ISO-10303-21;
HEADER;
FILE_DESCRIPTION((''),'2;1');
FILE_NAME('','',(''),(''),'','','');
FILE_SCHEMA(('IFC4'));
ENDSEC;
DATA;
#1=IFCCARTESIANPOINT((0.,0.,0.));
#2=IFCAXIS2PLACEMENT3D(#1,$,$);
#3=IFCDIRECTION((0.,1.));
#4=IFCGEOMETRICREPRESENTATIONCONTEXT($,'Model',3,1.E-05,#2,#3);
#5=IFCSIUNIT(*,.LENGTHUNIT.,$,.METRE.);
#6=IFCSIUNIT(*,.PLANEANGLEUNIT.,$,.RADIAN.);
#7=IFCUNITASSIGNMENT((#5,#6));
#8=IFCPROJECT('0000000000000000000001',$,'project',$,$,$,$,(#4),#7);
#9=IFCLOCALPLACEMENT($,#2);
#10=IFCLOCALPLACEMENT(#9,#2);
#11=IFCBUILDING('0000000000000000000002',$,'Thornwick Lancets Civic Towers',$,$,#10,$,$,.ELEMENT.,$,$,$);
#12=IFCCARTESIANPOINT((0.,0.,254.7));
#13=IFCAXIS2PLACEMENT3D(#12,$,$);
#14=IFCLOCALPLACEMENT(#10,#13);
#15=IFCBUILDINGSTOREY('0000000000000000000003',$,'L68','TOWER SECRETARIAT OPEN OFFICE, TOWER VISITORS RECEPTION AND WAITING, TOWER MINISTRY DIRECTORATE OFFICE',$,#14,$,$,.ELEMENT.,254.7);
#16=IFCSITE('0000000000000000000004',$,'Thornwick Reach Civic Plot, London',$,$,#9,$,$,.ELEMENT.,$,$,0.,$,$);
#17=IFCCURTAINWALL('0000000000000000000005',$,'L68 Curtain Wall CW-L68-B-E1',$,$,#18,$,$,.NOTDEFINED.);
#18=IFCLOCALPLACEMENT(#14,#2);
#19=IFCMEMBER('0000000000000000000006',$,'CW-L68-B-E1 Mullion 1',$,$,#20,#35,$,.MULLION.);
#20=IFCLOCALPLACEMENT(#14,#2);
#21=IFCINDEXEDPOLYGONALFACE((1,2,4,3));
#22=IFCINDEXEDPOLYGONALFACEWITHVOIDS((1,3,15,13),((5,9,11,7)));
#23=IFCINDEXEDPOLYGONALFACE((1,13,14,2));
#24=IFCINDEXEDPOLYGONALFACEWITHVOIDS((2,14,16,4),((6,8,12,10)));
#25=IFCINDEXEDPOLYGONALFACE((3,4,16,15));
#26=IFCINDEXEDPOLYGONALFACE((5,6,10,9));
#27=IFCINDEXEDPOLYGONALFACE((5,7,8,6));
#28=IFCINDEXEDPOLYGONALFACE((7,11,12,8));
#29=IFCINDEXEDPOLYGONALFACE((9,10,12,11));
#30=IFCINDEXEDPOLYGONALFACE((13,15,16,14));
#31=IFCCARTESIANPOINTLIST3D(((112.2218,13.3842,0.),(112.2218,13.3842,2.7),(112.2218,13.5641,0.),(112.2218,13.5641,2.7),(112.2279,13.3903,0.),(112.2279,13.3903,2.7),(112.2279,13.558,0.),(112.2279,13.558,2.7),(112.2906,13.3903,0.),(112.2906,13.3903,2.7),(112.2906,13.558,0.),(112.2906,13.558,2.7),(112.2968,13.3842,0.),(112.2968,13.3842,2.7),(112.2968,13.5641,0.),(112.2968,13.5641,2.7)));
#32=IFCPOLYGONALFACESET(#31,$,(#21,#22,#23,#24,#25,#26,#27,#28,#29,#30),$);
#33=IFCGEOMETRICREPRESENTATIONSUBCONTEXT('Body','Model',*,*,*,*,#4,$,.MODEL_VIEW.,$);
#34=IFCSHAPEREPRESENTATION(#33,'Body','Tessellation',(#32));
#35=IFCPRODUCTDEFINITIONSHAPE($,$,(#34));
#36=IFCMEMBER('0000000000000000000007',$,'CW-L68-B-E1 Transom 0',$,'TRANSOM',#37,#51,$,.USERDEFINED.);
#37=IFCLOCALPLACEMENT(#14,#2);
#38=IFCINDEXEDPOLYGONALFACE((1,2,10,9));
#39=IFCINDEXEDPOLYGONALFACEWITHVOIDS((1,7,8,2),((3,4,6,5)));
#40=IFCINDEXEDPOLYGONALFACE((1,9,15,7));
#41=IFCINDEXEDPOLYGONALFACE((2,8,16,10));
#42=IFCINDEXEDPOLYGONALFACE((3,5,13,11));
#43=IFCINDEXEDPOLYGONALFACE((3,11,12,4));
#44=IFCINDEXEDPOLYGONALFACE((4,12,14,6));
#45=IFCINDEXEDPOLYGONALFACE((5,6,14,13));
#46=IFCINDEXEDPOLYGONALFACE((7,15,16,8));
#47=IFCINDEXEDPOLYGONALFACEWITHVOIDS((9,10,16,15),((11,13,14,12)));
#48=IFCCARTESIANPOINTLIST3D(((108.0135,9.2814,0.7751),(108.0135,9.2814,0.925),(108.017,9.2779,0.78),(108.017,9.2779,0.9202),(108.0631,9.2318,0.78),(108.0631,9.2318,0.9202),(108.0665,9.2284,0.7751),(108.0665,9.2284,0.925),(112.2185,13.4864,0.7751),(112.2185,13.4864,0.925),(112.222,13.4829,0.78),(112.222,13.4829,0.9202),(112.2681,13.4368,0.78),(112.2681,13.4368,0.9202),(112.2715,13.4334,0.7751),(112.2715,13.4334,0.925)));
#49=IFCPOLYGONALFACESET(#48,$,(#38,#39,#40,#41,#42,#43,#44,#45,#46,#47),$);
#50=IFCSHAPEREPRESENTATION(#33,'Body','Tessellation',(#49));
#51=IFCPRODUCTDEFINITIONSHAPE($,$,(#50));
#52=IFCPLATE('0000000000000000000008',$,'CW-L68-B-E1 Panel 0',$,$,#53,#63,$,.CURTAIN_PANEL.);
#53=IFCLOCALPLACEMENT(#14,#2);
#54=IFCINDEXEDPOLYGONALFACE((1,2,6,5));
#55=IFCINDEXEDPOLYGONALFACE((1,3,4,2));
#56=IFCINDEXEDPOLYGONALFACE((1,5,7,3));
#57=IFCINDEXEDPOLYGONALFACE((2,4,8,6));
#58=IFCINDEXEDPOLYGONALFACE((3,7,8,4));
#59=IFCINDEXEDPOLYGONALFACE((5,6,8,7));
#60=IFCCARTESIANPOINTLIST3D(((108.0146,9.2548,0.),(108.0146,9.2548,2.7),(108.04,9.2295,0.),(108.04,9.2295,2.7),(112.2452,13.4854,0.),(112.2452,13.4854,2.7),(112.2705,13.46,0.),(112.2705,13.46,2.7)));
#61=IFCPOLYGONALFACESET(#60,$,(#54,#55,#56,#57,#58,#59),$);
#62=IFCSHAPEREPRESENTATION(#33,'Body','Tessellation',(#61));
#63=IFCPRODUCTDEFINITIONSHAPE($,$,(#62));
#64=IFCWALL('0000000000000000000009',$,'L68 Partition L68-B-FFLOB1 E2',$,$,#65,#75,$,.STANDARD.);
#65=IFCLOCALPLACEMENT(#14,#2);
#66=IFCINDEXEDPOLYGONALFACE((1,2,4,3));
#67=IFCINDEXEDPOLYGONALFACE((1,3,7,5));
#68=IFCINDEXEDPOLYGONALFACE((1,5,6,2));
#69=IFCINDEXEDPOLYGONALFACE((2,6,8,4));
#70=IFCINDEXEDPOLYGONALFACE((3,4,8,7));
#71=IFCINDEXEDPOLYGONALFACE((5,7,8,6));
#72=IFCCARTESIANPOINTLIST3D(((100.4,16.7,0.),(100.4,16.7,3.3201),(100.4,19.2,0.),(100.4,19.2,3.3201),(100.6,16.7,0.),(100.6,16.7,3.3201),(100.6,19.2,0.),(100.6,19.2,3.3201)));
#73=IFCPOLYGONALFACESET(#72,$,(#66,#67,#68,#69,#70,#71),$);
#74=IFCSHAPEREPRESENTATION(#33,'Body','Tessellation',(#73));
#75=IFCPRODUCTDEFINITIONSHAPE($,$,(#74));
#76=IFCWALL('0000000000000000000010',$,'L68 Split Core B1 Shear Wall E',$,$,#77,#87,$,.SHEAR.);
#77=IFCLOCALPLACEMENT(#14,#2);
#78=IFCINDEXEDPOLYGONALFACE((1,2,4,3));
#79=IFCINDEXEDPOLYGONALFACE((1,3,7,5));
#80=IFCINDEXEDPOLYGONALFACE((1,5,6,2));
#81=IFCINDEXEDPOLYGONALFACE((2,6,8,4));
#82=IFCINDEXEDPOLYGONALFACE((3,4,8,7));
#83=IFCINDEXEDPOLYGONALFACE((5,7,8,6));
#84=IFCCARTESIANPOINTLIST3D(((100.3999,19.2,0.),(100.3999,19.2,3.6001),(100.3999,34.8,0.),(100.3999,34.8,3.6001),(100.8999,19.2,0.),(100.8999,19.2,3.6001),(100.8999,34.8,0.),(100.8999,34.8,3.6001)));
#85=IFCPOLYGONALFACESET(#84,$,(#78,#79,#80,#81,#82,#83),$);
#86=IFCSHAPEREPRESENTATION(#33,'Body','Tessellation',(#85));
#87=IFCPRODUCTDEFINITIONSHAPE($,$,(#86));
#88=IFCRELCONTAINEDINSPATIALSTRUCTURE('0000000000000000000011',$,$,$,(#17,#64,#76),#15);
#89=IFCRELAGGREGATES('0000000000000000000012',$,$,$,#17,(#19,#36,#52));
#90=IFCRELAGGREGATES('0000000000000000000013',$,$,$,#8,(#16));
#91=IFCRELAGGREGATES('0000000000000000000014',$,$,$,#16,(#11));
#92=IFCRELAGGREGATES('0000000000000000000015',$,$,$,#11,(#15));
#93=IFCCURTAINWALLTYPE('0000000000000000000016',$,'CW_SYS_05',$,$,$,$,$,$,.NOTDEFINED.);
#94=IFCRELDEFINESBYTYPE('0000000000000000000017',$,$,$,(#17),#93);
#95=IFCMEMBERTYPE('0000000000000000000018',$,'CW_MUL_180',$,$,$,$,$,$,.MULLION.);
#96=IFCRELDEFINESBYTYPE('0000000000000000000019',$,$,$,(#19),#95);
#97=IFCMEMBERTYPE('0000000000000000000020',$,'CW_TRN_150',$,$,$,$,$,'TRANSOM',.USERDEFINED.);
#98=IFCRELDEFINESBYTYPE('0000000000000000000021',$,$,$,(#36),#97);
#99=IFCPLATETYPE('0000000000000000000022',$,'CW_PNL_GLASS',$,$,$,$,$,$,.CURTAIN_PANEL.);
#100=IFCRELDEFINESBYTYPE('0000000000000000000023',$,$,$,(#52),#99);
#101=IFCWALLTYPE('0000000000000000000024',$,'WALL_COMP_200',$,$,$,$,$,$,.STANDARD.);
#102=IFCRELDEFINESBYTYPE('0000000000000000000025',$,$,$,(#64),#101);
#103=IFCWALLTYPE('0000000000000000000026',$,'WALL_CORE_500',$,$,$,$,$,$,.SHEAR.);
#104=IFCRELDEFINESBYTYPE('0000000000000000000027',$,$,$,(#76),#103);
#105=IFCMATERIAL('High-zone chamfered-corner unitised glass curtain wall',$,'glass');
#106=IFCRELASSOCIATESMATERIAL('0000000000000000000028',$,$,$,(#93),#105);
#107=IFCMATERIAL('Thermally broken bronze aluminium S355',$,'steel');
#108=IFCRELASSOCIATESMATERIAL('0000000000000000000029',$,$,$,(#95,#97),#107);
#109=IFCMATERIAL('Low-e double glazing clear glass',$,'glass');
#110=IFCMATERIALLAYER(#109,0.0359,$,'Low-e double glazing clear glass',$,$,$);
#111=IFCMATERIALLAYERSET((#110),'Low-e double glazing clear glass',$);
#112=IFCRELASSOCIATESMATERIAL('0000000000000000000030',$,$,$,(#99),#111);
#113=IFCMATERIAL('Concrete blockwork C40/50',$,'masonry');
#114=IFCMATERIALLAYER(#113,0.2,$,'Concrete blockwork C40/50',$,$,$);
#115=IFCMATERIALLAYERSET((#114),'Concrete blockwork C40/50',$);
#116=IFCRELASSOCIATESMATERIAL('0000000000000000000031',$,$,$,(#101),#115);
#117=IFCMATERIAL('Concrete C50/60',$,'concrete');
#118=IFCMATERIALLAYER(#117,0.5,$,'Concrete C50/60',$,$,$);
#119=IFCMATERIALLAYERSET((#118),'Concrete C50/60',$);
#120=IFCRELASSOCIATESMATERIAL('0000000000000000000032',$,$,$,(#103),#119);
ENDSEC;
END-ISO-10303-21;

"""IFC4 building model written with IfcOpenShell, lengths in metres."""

from ifc_helpers import new_model, si_unit, direction, frame, frame_2d, origin, origin_2d, place, context, subcontext, project, spatial, rectangle, hollow_rectangle, extrude, material, layer, layer_set, material_profile, profile_set, type_object, element, aggregate, save


model = new_model("IFC4")

# Units and contexts
model_context = context("Model", 3, precision=1e-05, world=origin(), true_north=direction((0.0, 1.0)))
body_context = subcontext(model_context, "Body", "Model", "MODEL_VIEW")
ifc_project = project(units=[si_unit("LENGTHUNIT", "METRE"), si_unit("PLANEANGLEUNIT", "RADIAN")], contexts=[model_context])

# Site, building, storey
site_placement = place(None, origin())
site = spatial("IfcSite", under=ifc_project, at=site_placement, Name="Thornwick Reach Civic Plot, London", CompositionType="ELEMENT", RefElevation=0.0)
building_placement = place(site_placement, origin())
building = spatial("IfcBuilding", under=site, at=building_placement, Name="Thornwick Lancets Civic Towers", CompositionType="ELEMENT")
storey_placement = place(building_placement, frame((0.0, 0.0, 254.7)))
storey = spatial("IfcBuildingStorey", under=building, at=storey_placement, Name="L68", Description="TOWER SECRETARIAT OPEN OFFICE, TOWER VISITORS RECEPTION AND WAITING, TOWER MINISTRY DIRECTORATE OFFICE", CompositionType="ELEMENT", Elevation=254.7)

# Shared definitions
ifc_material_1 = material(Name="Concrete C50/60", Category="concrete")

# Curtain wall, members, plate
ifc_material_2 = material(Name="High-zone chamfered-corner unitised glass curtain wall", Category="glass")
curtain_wall_type = type_object("IfcCurtainWallType", Name="CW_SYS_05", PredefinedType="NOTDEFINED", material=ifc_material_2)
curtain_wall_placement = place(storey_placement, origin())
curtain_wall = element("IfcCurtainWall", 1, at=curtain_wall_placement, inside=storey, type_object=curtain_wall_type, Name="L68 Curtain Wall CW-L68-B-E1", PredefinedType="NOTDEFINED")
ifc_material_3 = material(Name="Thermally broken bronze aluminium S355", Category="steel")
ifc_material_profile_1 = material_profile(ifc_material_3, hollow_rectangle(XDim=0.075, YDim=0.1799, WallThickness=0.0061, at=origin_2d()), Name="RHS 180x75x6")
ifc_profile_set_1 = profile_set([ifc_material_profile_1], Name="Thermally broken bronze aluminium S355")
member_type_1 = type_object("IfcMemberType", Name="CW_MUL_180", PredefinedType="MULLION", material=ifc_profile_set_1)
member_1_placement = place(storey_placement, frame((112.2593, 13.4741, 0.0), z_axis=(0.0, 0.0, 1.0), x_axis=(1.0, 0.0, 0.0)))
member_1 = element("IfcMember", 2, at=member_1_placement, type_object=member_type_1, Name="CW-L68-B-E1 Mullion 1", PredefinedType="MULLION", context=body_context, shape_type="SweptSolid", body=[
    extrude(hollow_rectangle(XDim=0.075, YDim=0.1799, WallThickness=0.0061, at=origin_2d()), origin(), (0.0, 0.0, 1.0), 2.7),
])
ifc_material_profile_2 = material_profile(ifc_material_3, hollow_rectangle(XDim=0.075, YDim=0.1499, WallThickness=0.0049, at=origin_2d()), Name="RHS 150x75x5")
ifc_profile_set_2 = profile_set([ifc_material_profile_2], Name="Thermally broken bronze aluminium S355")
member_type_2 = type_object("IfcMemberType", Name="CW_TRN_150", ElementType="TRANSOM", PredefinedType="USERDEFINED", material=ifc_profile_set_2)
member_2_placement = place(storey_placement, frame((108.04, 9.2549, 0.8501), z_axis=(0.707107, 0.707107, 0.0), x_axis=(-0.707107, 0.707107, 0.0)))
member_2 = element("IfcMember", 3, at=member_2_placement, type_object=member_type_2, Name="CW-L68-B-E1 Transom 0", ObjectType="TRANSOM", PredefinedType="USERDEFINED", context=body_context, shape_type="SweptSolid", body=[
    extrude(hollow_rectangle(XDim=0.075, YDim=0.1499, WallThickness=0.0049, at=origin_2d()), origin(), (0.0, 0.0, 1.0), 5.9468),
])
ifc_material_4 = material(Name="Low-e double glazing clear glass", Category="glass")
ifc_layer_1 = layer(ifc_material_4, 0.0359, Name="Low-e double glazing clear glass")
ifc_layer_set_1 = layer_set([ifc_layer_1], Name="Low-e double glazing clear glass")
plate_type = type_object("IfcPlateType", Name="CW_PNL_GLASS", PredefinedType="CURTAIN_PANEL", material=ifc_layer_set_1)
plate_placement = place(storey_placement, frame((110.1426, 11.3574, 0.0), z_axis=(0.0, 0.0, 1.0), x_axis=(0.707107, 0.707107, 0.0)))
plate = element("IfcPlate", 4, at=plate_placement, type_object=plate_type, Name="CW-L68-B-E1 Panel 0", PredefinedType="CURTAIN_PANEL", context=body_context, shape_type="SweptSolid", body=[
    extrude(rectangle(XDim=5.9829, YDim=0.0359, at=origin_2d()), origin(), (0.0, 0.0, 1.0), 2.7),
])
aggregate(curtain_wall, [member_1, member_2, plate])

# Walls
ifc_material_5 = material(Name="Concrete blockwork C40/50", Category="masonry")
ifc_layer_2 = layer(ifc_material_5, 0.2, Name="Concrete blockwork C40/50")
ifc_layer_set_2 = layer_set([ifc_layer_2], Name="Concrete blockwork C40/50")
wall_type_1 = type_object("IfcWallType", Name="WALL_COMP_200", PredefinedType="STANDARD", material=ifc_layer_set_2)
wall_1_placement = place(storey_placement, frame((100.5, 16.7, 0.0), z_axis=(0.0, 0.0, 1.0), x_axis=(0.0, 1.0, 0.0)))
element("IfcWall", 5, at=wall_1_placement, inside=storey, type_object=wall_type_1, Name="L68 Partition L68-B-FFLOB1 E2", PredefinedType="STANDARD", context=body_context, shape_type="SweptSolid", body=[
    extrude(rectangle(XDim=2.5, YDim=0.2, at=frame_2d((1.25, 0.0))), origin(), (0.0, 0.0, 1.0), 3.3201),
])
ifc_layer_3 = layer(ifc_material_1, 0.5, Name="Concrete C50/60")
ifc_layer_set_3 = layer_set([ifc_layer_3], Name="Concrete C50/60")
wall_type_2 = type_object("IfcWallType", Name="WALL_CORE_500", PredefinedType="SHEAR", material=ifc_layer_set_3)
wall_2_placement = place(storey_placement, frame((100.6499, 19.2, 0.0), z_axis=(0.0, 0.0, 1.0), x_axis=(0.0, 1.0, 0.0)))
element("IfcWall", 6, at=wall_2_placement, inside=storey, type_object=wall_type_2, Name="L68 Split Core B1 Shear Wall E", PredefinedType="SHEAR", context=body_context, shape_type="SweptSolid", body=[
    extrude(rectangle(XDim=15.6001, YDim=0.5, at=frame_2d((7.8, 0.0))), origin(), (0.0, 0.0, 1.0), 3.6001),
])

save(model, "model.ifc")
